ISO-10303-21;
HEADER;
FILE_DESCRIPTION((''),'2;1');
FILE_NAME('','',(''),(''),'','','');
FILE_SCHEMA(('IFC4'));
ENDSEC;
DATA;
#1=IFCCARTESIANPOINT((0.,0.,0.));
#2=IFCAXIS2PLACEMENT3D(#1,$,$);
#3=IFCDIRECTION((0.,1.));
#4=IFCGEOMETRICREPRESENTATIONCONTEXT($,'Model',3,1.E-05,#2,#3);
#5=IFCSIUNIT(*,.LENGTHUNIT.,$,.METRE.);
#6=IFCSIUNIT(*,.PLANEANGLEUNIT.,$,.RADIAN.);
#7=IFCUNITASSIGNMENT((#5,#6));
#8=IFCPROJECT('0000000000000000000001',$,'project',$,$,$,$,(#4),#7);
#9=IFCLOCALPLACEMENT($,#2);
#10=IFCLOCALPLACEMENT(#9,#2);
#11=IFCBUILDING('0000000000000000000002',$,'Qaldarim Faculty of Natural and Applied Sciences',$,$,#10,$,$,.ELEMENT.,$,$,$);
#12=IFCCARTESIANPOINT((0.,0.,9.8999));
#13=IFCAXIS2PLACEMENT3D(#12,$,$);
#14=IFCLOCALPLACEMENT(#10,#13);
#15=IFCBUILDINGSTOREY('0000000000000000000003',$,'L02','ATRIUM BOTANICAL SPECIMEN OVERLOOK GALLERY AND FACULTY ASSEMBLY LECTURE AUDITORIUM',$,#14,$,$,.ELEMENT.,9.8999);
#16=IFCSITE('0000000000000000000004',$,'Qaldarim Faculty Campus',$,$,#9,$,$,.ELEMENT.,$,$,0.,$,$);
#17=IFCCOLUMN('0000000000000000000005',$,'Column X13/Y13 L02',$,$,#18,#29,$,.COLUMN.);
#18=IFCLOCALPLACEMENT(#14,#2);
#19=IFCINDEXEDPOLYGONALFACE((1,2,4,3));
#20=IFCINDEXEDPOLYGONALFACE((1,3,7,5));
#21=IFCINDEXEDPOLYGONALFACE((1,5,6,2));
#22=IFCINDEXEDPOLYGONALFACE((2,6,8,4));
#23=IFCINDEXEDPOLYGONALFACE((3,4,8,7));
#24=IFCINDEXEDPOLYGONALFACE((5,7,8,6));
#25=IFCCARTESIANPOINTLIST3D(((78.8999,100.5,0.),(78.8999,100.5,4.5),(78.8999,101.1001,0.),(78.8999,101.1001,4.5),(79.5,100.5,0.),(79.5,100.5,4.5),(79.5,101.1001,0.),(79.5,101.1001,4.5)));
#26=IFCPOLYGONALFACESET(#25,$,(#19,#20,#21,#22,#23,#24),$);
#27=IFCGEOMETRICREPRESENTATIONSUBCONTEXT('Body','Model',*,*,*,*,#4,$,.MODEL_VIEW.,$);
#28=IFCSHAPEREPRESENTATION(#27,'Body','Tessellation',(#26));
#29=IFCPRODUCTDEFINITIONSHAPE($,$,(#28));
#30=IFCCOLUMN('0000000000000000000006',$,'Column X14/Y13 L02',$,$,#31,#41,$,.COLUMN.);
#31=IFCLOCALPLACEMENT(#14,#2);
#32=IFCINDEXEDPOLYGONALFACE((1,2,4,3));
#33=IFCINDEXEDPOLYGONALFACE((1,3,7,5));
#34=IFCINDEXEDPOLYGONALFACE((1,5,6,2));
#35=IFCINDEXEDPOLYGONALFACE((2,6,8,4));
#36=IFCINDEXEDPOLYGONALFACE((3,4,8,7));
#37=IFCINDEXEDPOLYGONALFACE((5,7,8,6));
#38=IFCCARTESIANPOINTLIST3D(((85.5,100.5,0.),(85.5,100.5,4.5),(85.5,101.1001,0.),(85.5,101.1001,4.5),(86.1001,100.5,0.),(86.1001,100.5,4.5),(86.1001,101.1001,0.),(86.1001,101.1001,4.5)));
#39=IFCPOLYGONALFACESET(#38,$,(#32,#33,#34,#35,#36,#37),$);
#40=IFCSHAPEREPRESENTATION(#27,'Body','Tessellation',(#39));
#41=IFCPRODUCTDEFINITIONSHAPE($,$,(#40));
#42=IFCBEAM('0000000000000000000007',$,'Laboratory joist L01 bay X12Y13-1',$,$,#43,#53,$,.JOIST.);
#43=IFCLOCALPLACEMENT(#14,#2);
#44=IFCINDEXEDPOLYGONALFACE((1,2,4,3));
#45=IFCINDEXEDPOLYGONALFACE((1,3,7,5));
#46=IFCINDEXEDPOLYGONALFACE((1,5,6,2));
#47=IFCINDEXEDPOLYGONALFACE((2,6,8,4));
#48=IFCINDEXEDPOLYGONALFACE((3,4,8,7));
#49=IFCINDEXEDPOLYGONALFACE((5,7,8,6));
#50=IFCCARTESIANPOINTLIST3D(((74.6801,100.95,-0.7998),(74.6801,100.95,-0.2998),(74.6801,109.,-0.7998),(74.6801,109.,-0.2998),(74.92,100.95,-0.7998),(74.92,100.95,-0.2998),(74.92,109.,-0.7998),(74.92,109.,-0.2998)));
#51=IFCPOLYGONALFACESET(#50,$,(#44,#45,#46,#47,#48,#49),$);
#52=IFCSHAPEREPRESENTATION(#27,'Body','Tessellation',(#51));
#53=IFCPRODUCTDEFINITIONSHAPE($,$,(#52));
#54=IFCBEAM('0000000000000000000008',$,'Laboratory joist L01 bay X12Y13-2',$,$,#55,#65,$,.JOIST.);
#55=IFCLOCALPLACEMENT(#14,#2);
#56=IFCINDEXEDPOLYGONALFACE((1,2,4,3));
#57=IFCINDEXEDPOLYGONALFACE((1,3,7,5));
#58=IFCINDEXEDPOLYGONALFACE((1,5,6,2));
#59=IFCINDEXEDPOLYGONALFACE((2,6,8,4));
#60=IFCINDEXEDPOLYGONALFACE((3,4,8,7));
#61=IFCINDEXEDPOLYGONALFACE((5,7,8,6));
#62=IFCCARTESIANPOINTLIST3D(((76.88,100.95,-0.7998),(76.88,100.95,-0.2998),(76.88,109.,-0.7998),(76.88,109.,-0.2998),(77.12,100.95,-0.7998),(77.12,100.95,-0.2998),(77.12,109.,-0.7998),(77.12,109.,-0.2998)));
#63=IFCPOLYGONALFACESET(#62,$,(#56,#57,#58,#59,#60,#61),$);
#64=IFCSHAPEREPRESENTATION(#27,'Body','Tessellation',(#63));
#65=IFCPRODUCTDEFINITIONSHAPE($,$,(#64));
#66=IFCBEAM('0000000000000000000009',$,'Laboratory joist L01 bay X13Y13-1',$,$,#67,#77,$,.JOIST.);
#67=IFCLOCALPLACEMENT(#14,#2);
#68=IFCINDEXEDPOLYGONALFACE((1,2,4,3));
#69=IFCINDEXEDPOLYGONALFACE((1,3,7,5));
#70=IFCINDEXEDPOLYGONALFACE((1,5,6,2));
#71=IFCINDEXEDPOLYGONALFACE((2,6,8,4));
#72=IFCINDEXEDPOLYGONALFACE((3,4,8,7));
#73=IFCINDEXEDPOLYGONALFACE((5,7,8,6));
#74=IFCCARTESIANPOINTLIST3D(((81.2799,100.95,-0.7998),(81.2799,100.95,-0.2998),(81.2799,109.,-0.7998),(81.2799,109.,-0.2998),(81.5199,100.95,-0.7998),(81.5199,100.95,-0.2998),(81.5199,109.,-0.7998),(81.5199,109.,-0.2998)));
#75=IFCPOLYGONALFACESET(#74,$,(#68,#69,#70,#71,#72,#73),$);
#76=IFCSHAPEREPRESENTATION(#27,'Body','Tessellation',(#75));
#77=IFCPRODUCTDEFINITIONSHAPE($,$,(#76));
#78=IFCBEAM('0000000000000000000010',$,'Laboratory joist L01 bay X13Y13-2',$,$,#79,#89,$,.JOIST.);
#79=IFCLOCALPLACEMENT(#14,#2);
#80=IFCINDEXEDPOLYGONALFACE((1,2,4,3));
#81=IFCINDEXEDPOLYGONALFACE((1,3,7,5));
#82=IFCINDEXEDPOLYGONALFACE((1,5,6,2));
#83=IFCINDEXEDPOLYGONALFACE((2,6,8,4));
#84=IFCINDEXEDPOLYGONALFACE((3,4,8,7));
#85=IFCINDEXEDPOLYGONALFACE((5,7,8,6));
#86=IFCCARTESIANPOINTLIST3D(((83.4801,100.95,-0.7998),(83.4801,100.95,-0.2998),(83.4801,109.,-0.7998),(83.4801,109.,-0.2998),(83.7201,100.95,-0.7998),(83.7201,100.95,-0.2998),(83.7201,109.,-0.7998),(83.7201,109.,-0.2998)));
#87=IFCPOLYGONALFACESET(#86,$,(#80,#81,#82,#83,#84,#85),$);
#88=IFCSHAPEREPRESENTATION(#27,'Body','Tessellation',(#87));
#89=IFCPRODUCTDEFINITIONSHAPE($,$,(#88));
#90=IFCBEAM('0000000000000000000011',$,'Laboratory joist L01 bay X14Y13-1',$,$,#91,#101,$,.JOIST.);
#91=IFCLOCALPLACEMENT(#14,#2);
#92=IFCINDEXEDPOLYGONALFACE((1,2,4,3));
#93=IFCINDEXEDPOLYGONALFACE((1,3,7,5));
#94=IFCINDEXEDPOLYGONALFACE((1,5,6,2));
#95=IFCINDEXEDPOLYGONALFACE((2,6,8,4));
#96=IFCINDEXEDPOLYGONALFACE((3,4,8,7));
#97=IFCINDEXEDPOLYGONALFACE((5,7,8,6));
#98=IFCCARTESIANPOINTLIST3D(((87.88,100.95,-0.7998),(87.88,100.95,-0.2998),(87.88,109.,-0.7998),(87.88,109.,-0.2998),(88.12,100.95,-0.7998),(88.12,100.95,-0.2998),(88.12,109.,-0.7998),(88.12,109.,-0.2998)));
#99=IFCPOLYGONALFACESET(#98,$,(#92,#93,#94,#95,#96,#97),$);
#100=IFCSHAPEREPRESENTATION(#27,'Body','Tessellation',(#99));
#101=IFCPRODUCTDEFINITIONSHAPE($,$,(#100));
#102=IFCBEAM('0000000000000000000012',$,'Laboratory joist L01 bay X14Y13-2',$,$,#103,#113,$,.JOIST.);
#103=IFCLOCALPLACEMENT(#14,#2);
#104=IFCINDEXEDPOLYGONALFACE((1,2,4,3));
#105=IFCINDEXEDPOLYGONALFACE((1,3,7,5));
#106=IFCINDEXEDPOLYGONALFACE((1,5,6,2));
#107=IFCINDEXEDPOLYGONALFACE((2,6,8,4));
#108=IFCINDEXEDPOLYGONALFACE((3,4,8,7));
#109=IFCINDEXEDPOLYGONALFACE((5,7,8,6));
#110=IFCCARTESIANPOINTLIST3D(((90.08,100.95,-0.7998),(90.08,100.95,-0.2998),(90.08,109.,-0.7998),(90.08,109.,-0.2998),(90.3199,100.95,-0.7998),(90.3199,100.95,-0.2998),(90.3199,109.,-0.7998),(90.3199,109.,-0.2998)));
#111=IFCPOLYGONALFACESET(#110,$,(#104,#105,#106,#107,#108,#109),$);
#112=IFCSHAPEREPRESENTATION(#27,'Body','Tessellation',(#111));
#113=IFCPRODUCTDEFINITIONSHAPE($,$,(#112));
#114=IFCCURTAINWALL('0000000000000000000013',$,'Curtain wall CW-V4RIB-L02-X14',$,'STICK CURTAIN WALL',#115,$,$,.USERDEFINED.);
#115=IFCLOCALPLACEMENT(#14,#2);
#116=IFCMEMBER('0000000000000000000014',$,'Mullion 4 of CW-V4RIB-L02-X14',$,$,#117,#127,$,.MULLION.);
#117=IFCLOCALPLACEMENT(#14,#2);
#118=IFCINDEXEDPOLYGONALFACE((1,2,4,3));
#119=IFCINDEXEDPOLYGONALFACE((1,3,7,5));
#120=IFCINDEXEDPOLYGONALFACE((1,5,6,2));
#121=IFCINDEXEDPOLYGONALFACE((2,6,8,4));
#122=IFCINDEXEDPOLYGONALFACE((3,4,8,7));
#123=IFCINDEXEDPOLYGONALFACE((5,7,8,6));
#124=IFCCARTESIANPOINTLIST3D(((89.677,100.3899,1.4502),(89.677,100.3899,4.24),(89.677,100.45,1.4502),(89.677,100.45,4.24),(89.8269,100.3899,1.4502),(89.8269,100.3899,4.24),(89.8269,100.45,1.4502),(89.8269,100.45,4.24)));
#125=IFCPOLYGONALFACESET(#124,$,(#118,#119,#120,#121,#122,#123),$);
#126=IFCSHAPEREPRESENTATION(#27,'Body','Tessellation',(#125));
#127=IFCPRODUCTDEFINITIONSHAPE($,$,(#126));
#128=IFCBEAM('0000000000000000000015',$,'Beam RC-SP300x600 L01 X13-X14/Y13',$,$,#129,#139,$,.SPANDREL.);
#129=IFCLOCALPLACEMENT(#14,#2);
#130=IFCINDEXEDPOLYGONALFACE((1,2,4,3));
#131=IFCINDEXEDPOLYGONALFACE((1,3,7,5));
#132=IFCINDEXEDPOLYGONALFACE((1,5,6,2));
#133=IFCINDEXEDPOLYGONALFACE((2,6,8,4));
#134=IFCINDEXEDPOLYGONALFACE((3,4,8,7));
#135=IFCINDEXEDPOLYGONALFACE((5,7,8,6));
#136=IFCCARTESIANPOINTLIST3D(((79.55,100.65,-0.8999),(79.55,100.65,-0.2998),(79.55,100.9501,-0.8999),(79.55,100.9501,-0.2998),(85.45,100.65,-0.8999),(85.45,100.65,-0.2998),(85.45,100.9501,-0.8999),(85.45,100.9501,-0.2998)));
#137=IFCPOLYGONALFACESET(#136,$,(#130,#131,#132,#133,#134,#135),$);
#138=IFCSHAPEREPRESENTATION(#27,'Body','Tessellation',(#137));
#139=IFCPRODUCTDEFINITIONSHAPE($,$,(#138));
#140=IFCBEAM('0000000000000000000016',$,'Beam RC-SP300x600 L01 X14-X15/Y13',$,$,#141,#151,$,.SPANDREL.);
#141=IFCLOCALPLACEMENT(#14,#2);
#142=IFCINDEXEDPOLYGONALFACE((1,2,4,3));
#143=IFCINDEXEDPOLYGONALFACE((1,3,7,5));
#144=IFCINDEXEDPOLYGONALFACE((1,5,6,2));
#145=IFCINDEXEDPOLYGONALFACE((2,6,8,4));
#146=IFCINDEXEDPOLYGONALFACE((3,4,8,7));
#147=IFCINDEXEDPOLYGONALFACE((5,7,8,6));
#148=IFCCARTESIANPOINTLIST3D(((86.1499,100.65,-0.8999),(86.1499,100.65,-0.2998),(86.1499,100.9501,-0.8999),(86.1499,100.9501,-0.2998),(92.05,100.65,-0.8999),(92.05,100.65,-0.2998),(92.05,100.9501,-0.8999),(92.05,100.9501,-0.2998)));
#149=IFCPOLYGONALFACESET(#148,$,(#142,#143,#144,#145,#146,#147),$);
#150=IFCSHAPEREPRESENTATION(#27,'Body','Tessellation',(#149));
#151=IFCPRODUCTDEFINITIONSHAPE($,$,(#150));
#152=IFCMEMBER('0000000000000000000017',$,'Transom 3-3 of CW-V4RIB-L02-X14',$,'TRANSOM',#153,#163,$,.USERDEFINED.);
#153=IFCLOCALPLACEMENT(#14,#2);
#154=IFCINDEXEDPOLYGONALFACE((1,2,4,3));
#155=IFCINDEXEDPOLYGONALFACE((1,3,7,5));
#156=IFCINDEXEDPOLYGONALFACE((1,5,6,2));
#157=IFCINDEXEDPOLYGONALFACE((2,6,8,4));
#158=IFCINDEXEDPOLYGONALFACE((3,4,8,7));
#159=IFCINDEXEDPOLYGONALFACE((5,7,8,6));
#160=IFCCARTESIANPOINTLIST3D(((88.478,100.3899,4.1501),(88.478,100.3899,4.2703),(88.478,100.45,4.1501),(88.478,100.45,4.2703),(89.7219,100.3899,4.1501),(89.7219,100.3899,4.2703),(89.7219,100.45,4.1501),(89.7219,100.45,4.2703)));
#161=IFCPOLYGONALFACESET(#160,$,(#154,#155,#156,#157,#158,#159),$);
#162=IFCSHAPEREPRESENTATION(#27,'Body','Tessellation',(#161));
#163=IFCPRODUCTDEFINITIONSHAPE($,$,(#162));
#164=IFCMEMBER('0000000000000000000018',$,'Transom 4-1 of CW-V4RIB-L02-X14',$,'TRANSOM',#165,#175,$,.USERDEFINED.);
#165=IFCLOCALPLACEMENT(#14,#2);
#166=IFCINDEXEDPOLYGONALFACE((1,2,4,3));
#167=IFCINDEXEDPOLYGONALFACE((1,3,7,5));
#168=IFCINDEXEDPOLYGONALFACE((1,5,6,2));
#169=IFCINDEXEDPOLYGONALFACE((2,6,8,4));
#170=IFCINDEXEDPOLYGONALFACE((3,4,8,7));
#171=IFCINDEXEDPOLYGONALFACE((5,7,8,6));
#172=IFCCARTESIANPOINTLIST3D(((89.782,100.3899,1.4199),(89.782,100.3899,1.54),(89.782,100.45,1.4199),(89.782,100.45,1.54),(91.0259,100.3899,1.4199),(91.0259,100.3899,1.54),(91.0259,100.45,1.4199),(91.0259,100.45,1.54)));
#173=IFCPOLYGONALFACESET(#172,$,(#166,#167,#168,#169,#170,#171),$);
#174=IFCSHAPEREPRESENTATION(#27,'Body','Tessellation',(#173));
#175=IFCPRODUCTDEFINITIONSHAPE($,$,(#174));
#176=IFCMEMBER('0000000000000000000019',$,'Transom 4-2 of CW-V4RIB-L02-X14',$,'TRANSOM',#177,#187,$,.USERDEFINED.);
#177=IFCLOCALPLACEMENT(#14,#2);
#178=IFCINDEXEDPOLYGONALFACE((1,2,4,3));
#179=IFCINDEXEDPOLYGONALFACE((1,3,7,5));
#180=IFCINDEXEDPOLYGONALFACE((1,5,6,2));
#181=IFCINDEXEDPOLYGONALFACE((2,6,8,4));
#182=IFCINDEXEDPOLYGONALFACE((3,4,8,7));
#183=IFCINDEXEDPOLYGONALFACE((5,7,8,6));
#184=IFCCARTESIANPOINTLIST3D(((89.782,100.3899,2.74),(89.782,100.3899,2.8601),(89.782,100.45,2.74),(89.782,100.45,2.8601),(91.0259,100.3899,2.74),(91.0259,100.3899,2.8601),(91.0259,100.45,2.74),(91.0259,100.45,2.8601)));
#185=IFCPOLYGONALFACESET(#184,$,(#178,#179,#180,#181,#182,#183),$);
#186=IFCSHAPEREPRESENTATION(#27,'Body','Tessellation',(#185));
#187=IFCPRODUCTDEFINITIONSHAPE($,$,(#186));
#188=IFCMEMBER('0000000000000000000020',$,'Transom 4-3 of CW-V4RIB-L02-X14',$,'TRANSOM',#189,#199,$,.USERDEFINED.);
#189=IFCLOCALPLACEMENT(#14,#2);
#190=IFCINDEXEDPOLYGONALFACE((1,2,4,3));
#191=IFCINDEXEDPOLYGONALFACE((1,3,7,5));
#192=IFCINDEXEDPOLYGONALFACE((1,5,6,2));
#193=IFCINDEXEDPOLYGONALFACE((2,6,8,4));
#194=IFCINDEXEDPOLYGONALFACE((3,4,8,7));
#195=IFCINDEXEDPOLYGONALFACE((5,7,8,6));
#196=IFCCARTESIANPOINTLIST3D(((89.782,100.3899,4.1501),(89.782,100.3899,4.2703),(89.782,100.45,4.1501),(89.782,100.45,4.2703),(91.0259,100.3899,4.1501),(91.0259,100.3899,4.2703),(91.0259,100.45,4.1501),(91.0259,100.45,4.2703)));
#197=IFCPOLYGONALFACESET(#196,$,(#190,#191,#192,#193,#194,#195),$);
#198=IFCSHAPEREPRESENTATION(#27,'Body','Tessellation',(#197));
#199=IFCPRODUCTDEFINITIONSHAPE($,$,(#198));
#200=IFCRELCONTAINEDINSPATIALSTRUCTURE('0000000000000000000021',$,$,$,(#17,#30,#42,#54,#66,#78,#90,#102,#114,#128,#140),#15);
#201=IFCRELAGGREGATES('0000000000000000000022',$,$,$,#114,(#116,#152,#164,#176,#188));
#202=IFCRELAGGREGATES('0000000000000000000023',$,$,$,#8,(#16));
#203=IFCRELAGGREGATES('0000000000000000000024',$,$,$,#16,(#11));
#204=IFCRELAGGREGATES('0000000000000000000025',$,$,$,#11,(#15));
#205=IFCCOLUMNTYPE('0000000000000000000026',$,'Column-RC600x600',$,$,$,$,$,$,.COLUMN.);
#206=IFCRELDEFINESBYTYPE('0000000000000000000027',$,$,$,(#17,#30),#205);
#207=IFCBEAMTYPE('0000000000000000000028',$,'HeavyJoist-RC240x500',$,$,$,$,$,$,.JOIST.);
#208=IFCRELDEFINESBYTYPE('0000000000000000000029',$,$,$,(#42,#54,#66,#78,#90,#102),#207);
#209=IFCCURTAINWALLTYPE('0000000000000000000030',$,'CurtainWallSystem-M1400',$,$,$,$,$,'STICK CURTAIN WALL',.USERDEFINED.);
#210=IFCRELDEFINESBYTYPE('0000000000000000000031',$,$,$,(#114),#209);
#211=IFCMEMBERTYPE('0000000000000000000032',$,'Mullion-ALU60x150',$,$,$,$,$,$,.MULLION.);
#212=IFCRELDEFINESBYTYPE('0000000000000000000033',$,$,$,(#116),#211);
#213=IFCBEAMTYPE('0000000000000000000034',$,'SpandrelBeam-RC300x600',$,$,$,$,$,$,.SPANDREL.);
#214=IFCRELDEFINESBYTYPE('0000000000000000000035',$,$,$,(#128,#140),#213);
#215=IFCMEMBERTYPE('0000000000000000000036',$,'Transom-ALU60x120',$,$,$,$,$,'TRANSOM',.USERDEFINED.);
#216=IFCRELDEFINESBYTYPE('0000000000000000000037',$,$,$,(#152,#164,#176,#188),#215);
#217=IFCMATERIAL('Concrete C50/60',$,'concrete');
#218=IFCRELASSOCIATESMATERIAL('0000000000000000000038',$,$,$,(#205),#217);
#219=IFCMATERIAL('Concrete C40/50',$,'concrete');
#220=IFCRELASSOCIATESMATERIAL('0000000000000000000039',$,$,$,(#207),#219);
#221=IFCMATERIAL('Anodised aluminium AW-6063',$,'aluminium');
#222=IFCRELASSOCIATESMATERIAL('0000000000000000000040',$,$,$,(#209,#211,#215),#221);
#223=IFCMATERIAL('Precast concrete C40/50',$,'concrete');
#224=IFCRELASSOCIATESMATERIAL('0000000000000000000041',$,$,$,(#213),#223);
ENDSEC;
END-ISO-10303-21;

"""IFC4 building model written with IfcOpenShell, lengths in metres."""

from ifc_helpers import new_model, si_unit, direction, frame, origin, origin_2d, place, context, subcontext, project, spatial, rectangle, extrude, material, material_profile, profile_set, type_object, element, aggregate, save


model = new_model("IFC4")

# Units and contexts
model_context = context("Model", 3, precision=1e-05, world=origin(), true_north=direction((0.0, 1.0)))
body_context = subcontext(model_context, "Body", "Model", "MODEL_VIEW")
ifc_project = project(units=[si_unit("LENGTHUNIT", "METRE"), si_unit("PLANEANGLEUNIT", "RADIAN")], contexts=[model_context])

# Site, building, storey
site_placement = place(None, origin())
site = spatial("IfcSite", under=ifc_project, at=site_placement, Name="Qaldarim Faculty Campus", CompositionType="ELEMENT", RefElevation=0.0)
building_placement = place(site_placement, origin())
building = spatial("IfcBuilding", under=site, at=building_placement, Name="Qaldarim Faculty of Natural and Applied Sciences", CompositionType="ELEMENT")
storey_placement = place(building_placement, frame((0.0, 0.0, 9.8999)))
storey = spatial("IfcBuildingStorey", under=building, at=storey_placement, Name="L02", Description="ATRIUM BOTANICAL SPECIMEN OVERLOOK GALLERY AND FACULTY ASSEMBLY LECTURE AUDITORIUM", CompositionType="ELEMENT", Elevation=9.8999)

# Columns
ifc_material_1 = material(Name="Concrete C50/60", Category="concrete")
ifc_material_profile_1 = material_profile(ifc_material_1, rectangle(XDim=0.6001, YDim=0.6001, at=origin_2d()), Name="RC-C600x600")
ifc_profile_set_1 = profile_set([ifc_material_profile_1], Name="Concrete C50/60")
column_type = type_object("IfcColumnType", Name="Column-RC600x600", PredefinedType="COLUMN", material=ifc_profile_set_1)
for number, where, z_axis, x_axis, name in (
    (1, (79.2, 100.8, 0.0), (0.0, 0.0, 1.0), (1.0, 0.0, 0.0), "Column X13/Y13 L02"),
    (2, (85.8, 100.8, 0.0), (0.0, 0.0, 1.0), (1.0, 0.0, 0.0), "Column X14/Y13 L02"),
):
    element("IfcColumn", number, at=place(storey_placement, frame(where, z_axis=z_axis, x_axis=x_axis)), inside=storey, type_object=column_type, Name=name, PredefinedType="COLUMN", context=body_context, shape_type="SweptSolid", body=[
        extrude(rectangle(XDim=0.6001, YDim=0.6001, at=origin_2d()), origin(), (0.0, 0.0, 1.0), 4.5),
    ])

# Beams
ifc_material_2 = material(Name="Concrete C40/50", Category="concrete")
ifc_material_profile_2 = material_profile(ifc_material_2, rectangle(XDim=0.24, YDim=0.5, at=origin_2d()), Name="RC-J240x500")
ifc_profile_set_2 = profile_set([ifc_material_profile_2], Name="Concrete C40/50")
beam_type_1 = type_object("IfcBeamType", Name="HeavyJoist-RC240x500", PredefinedType="JOIST", material=ifc_profile_set_2)
for number, where, z_axis, x_axis, name in (
    (3, (74.8, 100.95, -0.5498), (0.0, 1.0, 0.0), (-1.0, 0.0, 0.0), "Laboratory joist L01 bay X12Y13-1"),
    (4, (77.0, 100.95, -0.5498), (0.0, 1.0, 0.0), (-1.0, 0.0, 0.0), "Laboratory joist L01 bay X12Y13-2"),
    (5, (81.3999, 100.95, -0.5498), (0.0, 1.0, 0.0), (-1.0, 0.0, 0.0), "Laboratory joist L01 bay X13Y13-1"),
    (6, (83.6001, 100.95, -0.5498), (0.0, 1.0, 0.0), (-1.0, 0.0, 0.0), "Laboratory joist L01 bay X13Y13-2"),
    (7, (88.0, 100.95, -0.5498), (0.0, 1.0, 0.0), (-1.0, 0.0, 0.0), "Laboratory joist L01 bay X14Y13-1"),
    (8, (90.2, 100.95, -0.5498), (0.0, 1.0, 0.0), (-1.0, 0.0, 0.0), "Laboratory joist L01 bay X14Y13-2"),
):
    element("IfcBeam", number, at=place(storey_placement, frame(where, z_axis=z_axis, x_axis=x_axis)), inside=storey, type_object=beam_type_1, Name=name, PredefinedType="JOIST", context=body_context, shape_type="SweptSolid", body=[
        extrude(rectangle(XDim=0.24, YDim=0.5, at=origin_2d()), origin(), (0.0, 0.0, 1.0), 8.05),
    ])

# Curtain wall, member
ifc_material_3 = material(Name="Anodised aluminium AW-6063", Category="aluminium")
curtain_wall_type = type_object("IfcCurtainWallType", Name="CurtainWallSystem-M1400", ElementType="STICK CURTAIN WALL", PredefinedType="USERDEFINED", material=ifc_material_3)
curtain_wall_placement = place(storey_placement, origin())
curtain_wall = element("IfcCurtainWall", 9, at=curtain_wall_placement, inside=storey, type_object=curtain_wall_type, Name="Curtain wall CW-V4RIB-L02-X14", ObjectType="STICK CURTAIN WALL", PredefinedType="USERDEFINED")
ifc_material_profile_3 = material_profile(ifc_material_3, rectangle(XDim=0.0601, YDim=0.1499, at=origin_2d()), Name="ALU-M60x150")
ifc_profile_set_3 = profile_set([ifc_material_profile_3], Name="Anodised aluminium AW-6063")
member_type_1 = type_object("IfcMemberType", Name="Mullion-ALU60x150", PredefinedType="MULLION", material=ifc_profile_set_3)
member_1_placement = place(storey_placement, frame((89.752, 100.4199, 1.4502), z_axis=(0.0, 0.0, 1.0), x_axis=(0.0, 1.0, 0.0)))
member_1 = element("IfcMember", 10, at=member_1_placement, type_object=member_type_1, Name="Mullion 4 of CW-V4RIB-L02-X14", PredefinedType="MULLION", context=body_context, shape_type="SweptSolid", body=[
    extrude(rectangle(XDim=0.0601, YDim=0.1499, at=origin_2d()), origin(), (0.0, 0.0, 1.0), 2.7898),
])

# Beams
ifc_material_4 = material(Name="Precast concrete C40/50", Category="concrete")
ifc_material_profile_4 = material_profile(ifc_material_4, rectangle(XDim=0.3, YDim=0.6001, at=origin_2d()), Name="RC-SP300x600")
ifc_profile_set_4 = profile_set([ifc_material_profile_4], Name="Precast concrete C40/50")
beam_type_2 = type_object("IfcBeamType", Name="SpandrelBeam-RC300x600", PredefinedType="SPANDREL", material=ifc_profile_set_4)
beam_1_placement = place(storey_placement, frame((79.55, 100.8, -0.5999), z_axis=(1.0, 0.0, 0.0), x_axis=(0.0, 1.0, 0.0)))
element("IfcBeam", 11, at=beam_1_placement, inside=storey, type_object=beam_type_2, Name="Beam RC-SP300x600 L01 X13-X14/Y13", PredefinedType="SPANDREL", context=body_context, shape_type="SweptSolid", body=[
    extrude(rectangle(XDim=0.3, YDim=0.6001, at=origin_2d()), origin(), (0.0, 0.0, 1.0), 5.8999),
])
beam_2_placement = place(storey_placement, frame((86.1499, 100.8, -0.5999), z_axis=(1.0, 0.0, 0.0), x_axis=(0.0, 1.0, 0.0)))
element("IfcBeam", 12, at=beam_2_placement, inside=storey, type_object=beam_type_2, Name="Beam RC-SP300x600 L01 X14-X15/Y13", PredefinedType="SPANDREL", context=body_context, shape_type="SweptSolid", body=[
    extrude(rectangle(XDim=0.3, YDim=0.6001, at=origin_2d()), origin(), (0.0, 0.0, 1.0), 5.9001),
])

# Members
ifc_material_profile_5 = material_profile(ifc_material_3, rectangle(XDim=0.0601, YDim=0.1201, at=origin_2d()), Name="ALU-T60x120")
ifc_profile_set_5 = profile_set([ifc_material_profile_5], Name="Anodised aluminium AW-6063")
member_type_2 = type_object("IfcMemberType", Name="Transom-ALU60x120", ElementType="TRANSOM", PredefinedType="USERDEFINED", material=ifc_profile_set_5)
member_2_placement = place(storey_placement, frame((88.478, 100.4199, 4.2102), z_axis=(1.0, 0.0, 0.0), x_axis=(0.0, 1.0, 0.0)))
member_2 = element("IfcMember", 13, at=member_2_placement, type_object=member_type_2, Name="Transom 3-3 of CW-V4RIB-L02-X14", ObjectType="TRANSOM", PredefinedType="USERDEFINED", context=body_context, shape_type="SweptSolid", body=[
    extrude(rectangle(XDim=0.0601, YDim=0.1201, at=origin_2d()), origin(), (0.0, 0.0, 1.0), 1.2439),
])
member_3_placement = place(storey_placement, frame((89.782, 100.4199, 1.48), z_axis=(1.0, 0.0, 0.0), x_axis=(0.0, 1.0, 0.0)))
member_3 = element("IfcMember", 14, at=member_3_placement, type_object=member_type_2, Name="Transom 4-1 of CW-V4RIB-L02-X14", ObjectType="TRANSOM", PredefinedType="USERDEFINED", context=body_context, shape_type="SweptSolid", body=[
    extrude(rectangle(XDim=0.0601, YDim=0.1201, at=origin_2d()), origin(), (0.0, 0.0, 1.0), 1.2439),
])
member_4_placement = place(storey_placement, frame((89.782, 100.4199, 2.8), z_axis=(1.0, 0.0, 0.0), x_axis=(0.0, 1.0, 0.0)))
member_4 = element("IfcMember", 15, at=member_4_placement, type_object=member_type_2, Name="Transom 4-2 of CW-V4RIB-L02-X14", ObjectType="TRANSOM", PredefinedType="USERDEFINED", context=body_context, shape_type="SweptSolid", body=[
    extrude(rectangle(XDim=0.0601, YDim=0.1201, at=origin_2d()), origin(), (0.0, 0.0, 1.0), 1.2439),
])
member_5_placement = place(storey_placement, frame((89.782, 100.4199, 4.2102), z_axis=(1.0, 0.0, 0.0), x_axis=(0.0, 1.0, 0.0)))
member_5 = element("IfcMember", 16, at=member_5_placement, type_object=member_type_2, Name="Transom 4-3 of CW-V4RIB-L02-X14", ObjectType="TRANSOM", PredefinedType="USERDEFINED", context=body_context, shape_type="SweptSolid", body=[
    extrude(rectangle(XDim=0.0601, YDim=0.1201, at=origin_2d()), origin(), (0.0, 0.0, 1.0), 1.2439),
])

aggregate(curtain_wall, [member_1, member_2, member_3, member_4, member_5])

save(model, "model.ifc")
